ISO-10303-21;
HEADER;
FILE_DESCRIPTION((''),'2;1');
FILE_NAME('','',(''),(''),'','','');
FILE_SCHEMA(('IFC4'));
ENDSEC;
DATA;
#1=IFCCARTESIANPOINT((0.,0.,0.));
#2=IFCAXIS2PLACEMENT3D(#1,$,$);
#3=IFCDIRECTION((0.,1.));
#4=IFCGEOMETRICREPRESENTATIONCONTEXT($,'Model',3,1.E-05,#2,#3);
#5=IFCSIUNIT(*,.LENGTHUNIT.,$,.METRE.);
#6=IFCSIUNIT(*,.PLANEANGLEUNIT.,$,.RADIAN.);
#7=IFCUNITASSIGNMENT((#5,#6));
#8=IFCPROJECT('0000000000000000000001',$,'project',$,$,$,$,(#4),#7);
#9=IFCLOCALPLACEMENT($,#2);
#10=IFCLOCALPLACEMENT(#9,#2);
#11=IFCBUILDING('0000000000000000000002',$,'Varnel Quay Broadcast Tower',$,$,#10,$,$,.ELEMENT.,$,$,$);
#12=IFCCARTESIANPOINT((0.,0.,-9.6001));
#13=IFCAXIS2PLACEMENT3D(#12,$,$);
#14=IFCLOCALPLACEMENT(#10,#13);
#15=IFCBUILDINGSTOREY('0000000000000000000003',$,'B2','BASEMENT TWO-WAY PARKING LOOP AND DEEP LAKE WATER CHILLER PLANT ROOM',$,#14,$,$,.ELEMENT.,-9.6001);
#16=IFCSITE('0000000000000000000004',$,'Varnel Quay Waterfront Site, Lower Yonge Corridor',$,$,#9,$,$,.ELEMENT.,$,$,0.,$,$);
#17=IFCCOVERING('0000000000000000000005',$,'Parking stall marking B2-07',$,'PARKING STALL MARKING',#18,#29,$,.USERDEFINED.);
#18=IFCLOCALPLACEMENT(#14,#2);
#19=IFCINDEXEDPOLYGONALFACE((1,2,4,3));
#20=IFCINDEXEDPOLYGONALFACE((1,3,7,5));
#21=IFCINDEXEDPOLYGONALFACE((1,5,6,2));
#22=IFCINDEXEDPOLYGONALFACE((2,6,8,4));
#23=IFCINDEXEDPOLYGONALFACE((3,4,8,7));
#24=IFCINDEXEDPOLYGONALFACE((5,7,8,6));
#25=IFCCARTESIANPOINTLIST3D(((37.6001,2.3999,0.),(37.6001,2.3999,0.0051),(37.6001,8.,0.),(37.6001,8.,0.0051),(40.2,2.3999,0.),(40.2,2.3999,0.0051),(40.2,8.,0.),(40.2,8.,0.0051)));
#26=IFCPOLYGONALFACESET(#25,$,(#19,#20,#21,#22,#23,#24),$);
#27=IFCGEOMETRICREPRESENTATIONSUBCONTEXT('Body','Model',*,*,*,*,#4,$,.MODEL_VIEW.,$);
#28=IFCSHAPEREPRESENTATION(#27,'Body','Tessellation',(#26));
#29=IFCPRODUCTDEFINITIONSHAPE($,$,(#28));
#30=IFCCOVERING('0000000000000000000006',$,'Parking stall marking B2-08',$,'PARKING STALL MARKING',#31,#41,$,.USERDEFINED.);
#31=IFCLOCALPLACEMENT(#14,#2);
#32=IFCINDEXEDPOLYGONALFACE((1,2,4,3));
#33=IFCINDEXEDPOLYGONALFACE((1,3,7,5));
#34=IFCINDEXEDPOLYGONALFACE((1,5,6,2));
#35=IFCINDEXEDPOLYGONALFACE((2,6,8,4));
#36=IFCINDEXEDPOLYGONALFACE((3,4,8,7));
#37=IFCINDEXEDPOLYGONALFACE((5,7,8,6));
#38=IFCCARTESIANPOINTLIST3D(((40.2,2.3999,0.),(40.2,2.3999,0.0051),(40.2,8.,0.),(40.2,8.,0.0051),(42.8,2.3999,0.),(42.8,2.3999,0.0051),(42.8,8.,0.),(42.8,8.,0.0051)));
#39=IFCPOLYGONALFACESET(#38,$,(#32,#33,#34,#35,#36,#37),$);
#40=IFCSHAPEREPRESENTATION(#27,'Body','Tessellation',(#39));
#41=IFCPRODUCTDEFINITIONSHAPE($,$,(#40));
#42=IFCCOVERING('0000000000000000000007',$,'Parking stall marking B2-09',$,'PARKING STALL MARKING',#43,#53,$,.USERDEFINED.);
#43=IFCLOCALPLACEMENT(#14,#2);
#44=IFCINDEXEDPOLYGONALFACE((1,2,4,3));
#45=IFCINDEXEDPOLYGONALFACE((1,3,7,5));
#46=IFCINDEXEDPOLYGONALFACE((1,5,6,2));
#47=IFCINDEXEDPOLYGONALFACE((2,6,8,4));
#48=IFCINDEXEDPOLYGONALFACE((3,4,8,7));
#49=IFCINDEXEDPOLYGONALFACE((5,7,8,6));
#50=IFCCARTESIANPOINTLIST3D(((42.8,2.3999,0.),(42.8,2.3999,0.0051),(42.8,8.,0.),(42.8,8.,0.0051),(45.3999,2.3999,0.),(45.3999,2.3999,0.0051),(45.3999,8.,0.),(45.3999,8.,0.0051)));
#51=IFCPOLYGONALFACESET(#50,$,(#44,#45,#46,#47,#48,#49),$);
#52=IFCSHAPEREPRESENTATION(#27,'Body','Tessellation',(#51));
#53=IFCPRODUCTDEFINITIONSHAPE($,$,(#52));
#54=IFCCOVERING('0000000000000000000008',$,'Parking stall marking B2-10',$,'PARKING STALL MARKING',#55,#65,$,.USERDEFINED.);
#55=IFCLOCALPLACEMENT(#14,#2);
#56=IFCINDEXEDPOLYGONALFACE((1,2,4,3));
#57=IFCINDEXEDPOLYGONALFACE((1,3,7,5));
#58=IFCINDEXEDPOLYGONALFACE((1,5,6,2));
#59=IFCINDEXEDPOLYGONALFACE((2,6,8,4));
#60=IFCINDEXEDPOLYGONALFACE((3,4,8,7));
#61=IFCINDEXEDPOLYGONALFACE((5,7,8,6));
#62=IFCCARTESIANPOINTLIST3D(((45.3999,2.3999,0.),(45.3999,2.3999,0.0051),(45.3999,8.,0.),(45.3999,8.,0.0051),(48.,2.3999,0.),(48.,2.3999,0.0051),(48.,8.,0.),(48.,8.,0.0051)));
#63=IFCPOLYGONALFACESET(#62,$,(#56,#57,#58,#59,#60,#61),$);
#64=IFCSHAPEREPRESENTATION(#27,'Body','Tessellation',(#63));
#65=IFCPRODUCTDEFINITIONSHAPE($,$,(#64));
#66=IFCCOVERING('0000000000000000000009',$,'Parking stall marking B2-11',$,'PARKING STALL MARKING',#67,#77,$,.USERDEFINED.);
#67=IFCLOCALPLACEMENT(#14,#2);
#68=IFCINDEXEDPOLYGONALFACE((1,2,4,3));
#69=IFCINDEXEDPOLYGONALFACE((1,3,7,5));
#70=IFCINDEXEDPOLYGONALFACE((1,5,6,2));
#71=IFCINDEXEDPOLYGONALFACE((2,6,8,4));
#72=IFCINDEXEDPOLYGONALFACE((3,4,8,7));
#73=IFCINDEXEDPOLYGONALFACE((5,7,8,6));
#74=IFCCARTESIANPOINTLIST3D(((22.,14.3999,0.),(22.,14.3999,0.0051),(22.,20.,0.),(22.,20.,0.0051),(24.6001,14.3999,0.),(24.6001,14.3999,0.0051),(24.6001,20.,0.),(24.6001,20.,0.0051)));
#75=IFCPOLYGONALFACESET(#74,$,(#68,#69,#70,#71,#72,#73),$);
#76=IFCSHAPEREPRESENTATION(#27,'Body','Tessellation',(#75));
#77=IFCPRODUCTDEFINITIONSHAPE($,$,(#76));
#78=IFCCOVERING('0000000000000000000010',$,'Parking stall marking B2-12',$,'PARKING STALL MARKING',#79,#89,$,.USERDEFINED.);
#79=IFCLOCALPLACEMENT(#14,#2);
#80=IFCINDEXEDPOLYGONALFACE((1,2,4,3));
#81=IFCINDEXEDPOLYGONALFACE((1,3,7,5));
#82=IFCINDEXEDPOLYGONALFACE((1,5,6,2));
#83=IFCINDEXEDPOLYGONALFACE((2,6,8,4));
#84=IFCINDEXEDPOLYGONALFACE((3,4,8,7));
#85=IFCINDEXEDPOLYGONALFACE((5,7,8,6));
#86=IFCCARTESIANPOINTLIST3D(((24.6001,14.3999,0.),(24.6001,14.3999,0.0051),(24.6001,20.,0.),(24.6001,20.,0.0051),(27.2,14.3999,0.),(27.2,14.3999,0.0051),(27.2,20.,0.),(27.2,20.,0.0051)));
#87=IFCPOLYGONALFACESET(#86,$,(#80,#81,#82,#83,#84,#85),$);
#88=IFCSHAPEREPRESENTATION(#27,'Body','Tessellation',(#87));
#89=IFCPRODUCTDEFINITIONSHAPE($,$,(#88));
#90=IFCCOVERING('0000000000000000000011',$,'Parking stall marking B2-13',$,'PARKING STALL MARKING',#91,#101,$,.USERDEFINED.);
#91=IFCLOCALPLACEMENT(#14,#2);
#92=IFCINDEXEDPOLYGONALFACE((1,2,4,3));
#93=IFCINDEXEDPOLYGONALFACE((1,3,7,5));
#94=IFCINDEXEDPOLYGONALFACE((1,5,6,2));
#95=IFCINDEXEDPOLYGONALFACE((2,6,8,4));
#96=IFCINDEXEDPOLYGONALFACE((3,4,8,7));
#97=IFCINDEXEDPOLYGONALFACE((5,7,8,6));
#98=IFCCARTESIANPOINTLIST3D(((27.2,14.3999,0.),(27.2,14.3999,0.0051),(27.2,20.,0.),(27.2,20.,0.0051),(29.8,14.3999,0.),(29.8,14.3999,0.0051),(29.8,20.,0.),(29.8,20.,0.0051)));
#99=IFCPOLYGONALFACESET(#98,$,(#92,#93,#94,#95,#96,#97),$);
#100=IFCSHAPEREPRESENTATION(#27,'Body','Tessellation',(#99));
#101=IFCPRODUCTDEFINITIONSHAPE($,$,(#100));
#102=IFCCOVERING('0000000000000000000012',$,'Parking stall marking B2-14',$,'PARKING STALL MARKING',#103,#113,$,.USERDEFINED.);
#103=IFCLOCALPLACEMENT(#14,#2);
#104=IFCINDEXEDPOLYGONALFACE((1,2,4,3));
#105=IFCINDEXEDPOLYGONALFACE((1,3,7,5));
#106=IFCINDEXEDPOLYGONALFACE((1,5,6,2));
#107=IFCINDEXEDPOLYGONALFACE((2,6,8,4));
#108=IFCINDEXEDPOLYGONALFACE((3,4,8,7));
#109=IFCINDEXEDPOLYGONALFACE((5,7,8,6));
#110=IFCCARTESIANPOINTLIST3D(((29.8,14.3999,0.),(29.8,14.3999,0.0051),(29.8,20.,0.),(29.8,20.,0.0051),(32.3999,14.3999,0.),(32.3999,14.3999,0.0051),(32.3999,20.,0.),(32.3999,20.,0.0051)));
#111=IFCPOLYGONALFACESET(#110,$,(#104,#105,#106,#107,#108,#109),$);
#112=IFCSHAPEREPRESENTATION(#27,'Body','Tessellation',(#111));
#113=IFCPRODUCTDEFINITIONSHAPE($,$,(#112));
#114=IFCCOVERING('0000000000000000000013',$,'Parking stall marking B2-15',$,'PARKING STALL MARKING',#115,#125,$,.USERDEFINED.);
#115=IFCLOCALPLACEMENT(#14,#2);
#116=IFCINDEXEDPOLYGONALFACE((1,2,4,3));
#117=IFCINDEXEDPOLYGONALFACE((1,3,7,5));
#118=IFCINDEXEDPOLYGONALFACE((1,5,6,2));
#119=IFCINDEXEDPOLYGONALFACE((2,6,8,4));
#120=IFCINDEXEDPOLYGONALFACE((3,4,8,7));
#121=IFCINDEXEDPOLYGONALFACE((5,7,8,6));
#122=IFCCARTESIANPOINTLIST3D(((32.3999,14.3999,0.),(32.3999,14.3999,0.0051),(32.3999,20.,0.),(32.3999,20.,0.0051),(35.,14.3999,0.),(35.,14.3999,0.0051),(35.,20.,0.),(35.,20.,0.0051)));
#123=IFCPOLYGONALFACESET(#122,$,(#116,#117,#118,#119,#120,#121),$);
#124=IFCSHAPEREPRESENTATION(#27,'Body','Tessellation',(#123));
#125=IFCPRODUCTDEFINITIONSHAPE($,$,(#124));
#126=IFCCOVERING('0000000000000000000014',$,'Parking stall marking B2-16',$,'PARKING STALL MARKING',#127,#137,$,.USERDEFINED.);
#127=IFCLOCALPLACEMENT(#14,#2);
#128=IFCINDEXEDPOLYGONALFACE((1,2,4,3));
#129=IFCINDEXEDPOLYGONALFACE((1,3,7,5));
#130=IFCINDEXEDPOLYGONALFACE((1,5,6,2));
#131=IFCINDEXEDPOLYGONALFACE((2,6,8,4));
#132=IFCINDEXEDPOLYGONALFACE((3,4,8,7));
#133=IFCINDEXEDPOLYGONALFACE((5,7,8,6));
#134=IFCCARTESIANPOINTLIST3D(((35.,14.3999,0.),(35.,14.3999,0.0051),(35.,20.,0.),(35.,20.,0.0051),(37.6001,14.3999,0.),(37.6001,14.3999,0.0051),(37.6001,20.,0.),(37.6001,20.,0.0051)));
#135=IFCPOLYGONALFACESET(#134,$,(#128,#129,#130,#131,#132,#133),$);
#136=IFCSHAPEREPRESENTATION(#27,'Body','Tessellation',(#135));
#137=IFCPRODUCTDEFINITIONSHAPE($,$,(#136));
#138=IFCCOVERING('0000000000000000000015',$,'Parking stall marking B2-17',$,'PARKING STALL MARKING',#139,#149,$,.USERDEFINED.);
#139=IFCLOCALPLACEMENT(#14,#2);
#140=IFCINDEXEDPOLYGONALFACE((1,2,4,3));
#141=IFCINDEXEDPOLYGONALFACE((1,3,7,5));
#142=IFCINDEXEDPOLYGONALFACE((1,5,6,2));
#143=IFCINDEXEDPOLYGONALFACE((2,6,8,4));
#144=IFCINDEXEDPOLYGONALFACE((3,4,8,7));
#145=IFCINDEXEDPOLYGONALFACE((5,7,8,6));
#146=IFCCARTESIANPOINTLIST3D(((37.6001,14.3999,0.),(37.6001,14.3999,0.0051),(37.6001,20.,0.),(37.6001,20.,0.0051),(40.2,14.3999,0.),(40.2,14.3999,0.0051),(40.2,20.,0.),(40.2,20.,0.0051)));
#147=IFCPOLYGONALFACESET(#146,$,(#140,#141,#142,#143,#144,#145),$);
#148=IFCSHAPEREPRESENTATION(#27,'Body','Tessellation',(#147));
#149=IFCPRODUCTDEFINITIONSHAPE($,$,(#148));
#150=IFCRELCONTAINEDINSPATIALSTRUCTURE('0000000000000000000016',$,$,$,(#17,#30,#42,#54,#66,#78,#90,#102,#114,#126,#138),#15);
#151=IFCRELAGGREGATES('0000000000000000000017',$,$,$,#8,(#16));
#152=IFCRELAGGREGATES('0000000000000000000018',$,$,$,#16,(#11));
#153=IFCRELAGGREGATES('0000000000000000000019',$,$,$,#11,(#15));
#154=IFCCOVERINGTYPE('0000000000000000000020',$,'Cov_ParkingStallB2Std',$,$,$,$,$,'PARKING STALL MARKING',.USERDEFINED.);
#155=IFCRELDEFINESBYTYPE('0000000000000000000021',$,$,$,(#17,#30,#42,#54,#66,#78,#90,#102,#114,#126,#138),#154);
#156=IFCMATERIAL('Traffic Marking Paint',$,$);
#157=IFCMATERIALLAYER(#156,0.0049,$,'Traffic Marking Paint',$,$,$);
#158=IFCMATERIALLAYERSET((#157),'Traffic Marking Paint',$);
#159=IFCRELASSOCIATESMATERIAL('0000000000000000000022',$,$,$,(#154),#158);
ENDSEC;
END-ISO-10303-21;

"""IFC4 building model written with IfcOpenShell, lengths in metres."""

from ifc_helpers import new_model, si_unit, direction, frame, origin, place, context, subcontext, project, spatial, polyline, outline, extrude, material, layer, layer_set, type_object, element, save


model = new_model("IFC4")

# Units and contexts
model_context = context("Model", 3, precision=1e-05, world=origin(), true_north=direction((0.0, 1.0)))
body_context = subcontext(model_context, "Body", "Model", "MODEL_VIEW")
ifc_project = project(units=[si_unit("LENGTHUNIT", "METRE"), si_unit("PLANEANGLEUNIT", "RADIAN")], contexts=[model_context])

# Site, building, storey
site_placement = place(None, origin())
site = spatial("IfcSite", under=ifc_project, at=site_placement, Name="Varnel Quay Waterfront Site, Lower Yonge Corridor", CompositionType="ELEMENT", RefElevation=0.0)
building_placement = place(site_placement, origin())
building = spatial("IfcBuilding", under=site, at=building_placement, Name="Varnel Quay Broadcast Tower", CompositionType="ELEMENT")
storey_placement = place(building_placement, frame((0.0, 0.0, -9.6001)))
storey = spatial("IfcBuildingStorey", under=building, at=storey_placement, Name="B2", Description="BASEMENT TWO-WAY PARKING LOOP AND DEEP LAKE WATER CHILLER PLANT ROOM", CompositionType="ELEMENT", Elevation=-9.6001)

# Coverings
ifc_material_1 = material(Name="Traffic Marking Paint")
ifc_layer_1 = layer(ifc_material_1, 0.0049, Name="Traffic Marking Paint")
ifc_layer_set_1 = layer_set([ifc_layer_1], Name="Traffic Marking Paint")
covering_type = type_object("IfcCoveringType", Name="Cov_ParkingStallB2Std", ElementType="PARKING STALL MARKING", PredefinedType="USERDEFINED", material=ifc_layer_set_1)
covering_1_placement = place(storey_placement, origin())
element("IfcCovering", 1, at=covering_1_placement, inside=storey, type_object=covering_type, Name="Parking stall marking B2-07", ObjectType="PARKING STALL MARKING", PredefinedType="USERDEFINED", context=body_context, shape_type="SweptSolid", body=[
    extrude(outline(polyline([(37.6001, 2.3999), (40.2, 2.3999), (40.2, 8.0), (37.6001, 8.0), (37.6001, 2.3999)])), origin(), (0.0, 0.0, 1.0), 0.0051),
])
covering_2_placement = place(storey_placement, origin())
element("IfcCovering", 2, at=covering_2_placement, inside=storey, type_object=covering_type, Name="Parking stall marking B2-08", ObjectType="PARKING STALL MARKING", PredefinedType="USERDEFINED", context=body_context, shape_type="SweptSolid", body=[
    extrude(outline(polyline([(40.2, 2.3999), (42.8, 2.3999), (42.8, 8.0), (40.2, 8.0), (40.2, 2.3999)])), origin(), (0.0, 0.0, 1.0), 0.0051),
])
covering_3_placement = place(storey_placement, origin())
element("IfcCovering", 3, at=covering_3_placement, inside=storey, type_object=covering_type, Name="Parking stall marking B2-09", ObjectType="PARKING STALL MARKING", PredefinedType="USERDEFINED", context=body_context, shape_type="SweptSolid", body=[
    extrude(outline(polyline([(42.8, 2.3999), (45.3999, 2.3999), (45.3999, 8.0), (42.8, 8.0), (42.8, 2.3999)])), origin(), (0.0, 0.0, 1.0), 0.0051),
])
covering_4_placement = place(storey_placement, origin())
element("IfcCovering", 4, at=covering_4_placement, inside=storey, type_object=covering_type, Name="Parking stall marking B2-10", ObjectType="PARKING STALL MARKING", PredefinedType="USERDEFINED", context=body_context, shape_type="SweptSolid", body=[
    extrude(outline(polyline([(45.3999, 2.3999), (48.0, 2.3999), (48.0, 8.0), (45.3999, 8.0), (45.3999, 2.3999)])), origin(), (0.0, 0.0, 1.0), 0.0051),
])
covering_5_placement = place(storey_placement, origin())
element("IfcCovering", 5, at=covering_5_placement, inside=storey, type_object=covering_type, Name="Parking stall marking B2-11", ObjectType="PARKING STALL MARKING", PredefinedType="USERDEFINED", context=body_context, shape_type="SweptSolid", body=[
    extrude(outline(polyline([(22.0, 14.3999), (24.6001, 14.3999), (24.6001, 20.0), (22.0, 20.0), (22.0, 14.3999)])), origin(), (0.0, 0.0, 1.0), 0.0051),
])
covering_6_placement = place(storey_placement, origin())
element("IfcCovering", 6, at=covering_6_placement, inside=storey, type_object=covering_type, Name="Parking stall marking B2-12", ObjectType="PARKING STALL MARKING", PredefinedType="USERDEFINED", context=body_context, shape_type="SweptSolid", body=[
    extrude(outline(polyline([(24.6001, 14.3999), (27.2, 14.3999), (27.2, 20.0), (24.6001, 20.0), (24.6001, 14.3999)])), origin(), (0.0, 0.0, 1.0), 0.0051),
])
covering_7_placement = place(storey_placement, origin())
element("IfcCovering", 7, at=covering_7_placement, inside=storey, type_object=covering_type, Name="Parking stall marking B2-13", ObjectType="PARKING STALL MARKING", PredefinedType="USERDEFINED", context=body_context, shape_type="SweptSolid", body=[
    extrude(outline(polyline([(27.2, 14.3999), (29.8, 14.3999), (29.8, 20.0), (27.2, 20.0), (27.2, 14.3999)])), origin(), (0.0, 0.0, 1.0), 0.0051),
])
covering_8_placement = place(storey_placement, origin())
element("IfcCovering", 8, at=covering_8_placement, inside=storey, type_object=covering_type, Name="Parking stall marking B2-14", ObjectType="PARKING STALL MARKING", PredefinedType="USERDEFINED", context=body_context, shape_type="SweptSolid", body=[
    extrude(outline(polyline([(29.8, 14.3999), (32.3999, 14.3999), (32.3999, 20.0), (29.8, 20.0), (29.8, 14.3999)])), origin(), (0.0, 0.0, 1.0), 0.0051),
])
covering_9_placement = place(storey_placement, origin())
element("IfcCovering", 9, at=covering_9_placement, inside=storey, type_object=covering_type, Name="Parking stall marking B2-15", ObjectType="PARKING STALL MARKING", PredefinedType="USERDEFINED", context=body_context, shape_type="SweptSolid", body=[
    extrude(outline(polyline([(32.3999, 14.3999), (35.0, 14.3999), (35.0, 20.0), (32.3999, 20.0), (32.3999, 14.3999)])), origin(), (0.0, 0.0, 1.0), 0.0051),
])
covering_10_placement = place(storey_placement, origin())
element("IfcCovering", 10, at=covering_10_placement, inside=storey, type_object=covering_type, Name="Parking stall marking B2-16", ObjectType="PARKING STALL MARKING", PredefinedType="USERDEFINED", context=body_context, shape_type="SweptSolid", body=[
    extrude(outline(polyline([(35.0, 14.3999), (37.6001, 14.3999), (37.6001, 20.0), (35.0, 20.0), (35.0, 14.3999)])), origin(), (0.0, 0.0, 1.0), 0.0051),
])
covering_11_placement = place(storey_placement, origin())
element("IfcCovering", 11, at=covering_11_placement, inside=storey, type_object=covering_type, Name="Parking stall marking B2-17", ObjectType="PARKING STALL MARKING", PredefinedType="USERDEFINED", context=body_context, shape_type="SweptSolid", body=[
    extrude(outline(polyline([(37.6001, 14.3999), (40.2, 14.3999), (40.2, 20.0), (37.6001, 20.0), (37.6001, 14.3999)])), origin(), (0.0, 0.0, 1.0), 0.0051),
])

save(model, "model.ifc")
